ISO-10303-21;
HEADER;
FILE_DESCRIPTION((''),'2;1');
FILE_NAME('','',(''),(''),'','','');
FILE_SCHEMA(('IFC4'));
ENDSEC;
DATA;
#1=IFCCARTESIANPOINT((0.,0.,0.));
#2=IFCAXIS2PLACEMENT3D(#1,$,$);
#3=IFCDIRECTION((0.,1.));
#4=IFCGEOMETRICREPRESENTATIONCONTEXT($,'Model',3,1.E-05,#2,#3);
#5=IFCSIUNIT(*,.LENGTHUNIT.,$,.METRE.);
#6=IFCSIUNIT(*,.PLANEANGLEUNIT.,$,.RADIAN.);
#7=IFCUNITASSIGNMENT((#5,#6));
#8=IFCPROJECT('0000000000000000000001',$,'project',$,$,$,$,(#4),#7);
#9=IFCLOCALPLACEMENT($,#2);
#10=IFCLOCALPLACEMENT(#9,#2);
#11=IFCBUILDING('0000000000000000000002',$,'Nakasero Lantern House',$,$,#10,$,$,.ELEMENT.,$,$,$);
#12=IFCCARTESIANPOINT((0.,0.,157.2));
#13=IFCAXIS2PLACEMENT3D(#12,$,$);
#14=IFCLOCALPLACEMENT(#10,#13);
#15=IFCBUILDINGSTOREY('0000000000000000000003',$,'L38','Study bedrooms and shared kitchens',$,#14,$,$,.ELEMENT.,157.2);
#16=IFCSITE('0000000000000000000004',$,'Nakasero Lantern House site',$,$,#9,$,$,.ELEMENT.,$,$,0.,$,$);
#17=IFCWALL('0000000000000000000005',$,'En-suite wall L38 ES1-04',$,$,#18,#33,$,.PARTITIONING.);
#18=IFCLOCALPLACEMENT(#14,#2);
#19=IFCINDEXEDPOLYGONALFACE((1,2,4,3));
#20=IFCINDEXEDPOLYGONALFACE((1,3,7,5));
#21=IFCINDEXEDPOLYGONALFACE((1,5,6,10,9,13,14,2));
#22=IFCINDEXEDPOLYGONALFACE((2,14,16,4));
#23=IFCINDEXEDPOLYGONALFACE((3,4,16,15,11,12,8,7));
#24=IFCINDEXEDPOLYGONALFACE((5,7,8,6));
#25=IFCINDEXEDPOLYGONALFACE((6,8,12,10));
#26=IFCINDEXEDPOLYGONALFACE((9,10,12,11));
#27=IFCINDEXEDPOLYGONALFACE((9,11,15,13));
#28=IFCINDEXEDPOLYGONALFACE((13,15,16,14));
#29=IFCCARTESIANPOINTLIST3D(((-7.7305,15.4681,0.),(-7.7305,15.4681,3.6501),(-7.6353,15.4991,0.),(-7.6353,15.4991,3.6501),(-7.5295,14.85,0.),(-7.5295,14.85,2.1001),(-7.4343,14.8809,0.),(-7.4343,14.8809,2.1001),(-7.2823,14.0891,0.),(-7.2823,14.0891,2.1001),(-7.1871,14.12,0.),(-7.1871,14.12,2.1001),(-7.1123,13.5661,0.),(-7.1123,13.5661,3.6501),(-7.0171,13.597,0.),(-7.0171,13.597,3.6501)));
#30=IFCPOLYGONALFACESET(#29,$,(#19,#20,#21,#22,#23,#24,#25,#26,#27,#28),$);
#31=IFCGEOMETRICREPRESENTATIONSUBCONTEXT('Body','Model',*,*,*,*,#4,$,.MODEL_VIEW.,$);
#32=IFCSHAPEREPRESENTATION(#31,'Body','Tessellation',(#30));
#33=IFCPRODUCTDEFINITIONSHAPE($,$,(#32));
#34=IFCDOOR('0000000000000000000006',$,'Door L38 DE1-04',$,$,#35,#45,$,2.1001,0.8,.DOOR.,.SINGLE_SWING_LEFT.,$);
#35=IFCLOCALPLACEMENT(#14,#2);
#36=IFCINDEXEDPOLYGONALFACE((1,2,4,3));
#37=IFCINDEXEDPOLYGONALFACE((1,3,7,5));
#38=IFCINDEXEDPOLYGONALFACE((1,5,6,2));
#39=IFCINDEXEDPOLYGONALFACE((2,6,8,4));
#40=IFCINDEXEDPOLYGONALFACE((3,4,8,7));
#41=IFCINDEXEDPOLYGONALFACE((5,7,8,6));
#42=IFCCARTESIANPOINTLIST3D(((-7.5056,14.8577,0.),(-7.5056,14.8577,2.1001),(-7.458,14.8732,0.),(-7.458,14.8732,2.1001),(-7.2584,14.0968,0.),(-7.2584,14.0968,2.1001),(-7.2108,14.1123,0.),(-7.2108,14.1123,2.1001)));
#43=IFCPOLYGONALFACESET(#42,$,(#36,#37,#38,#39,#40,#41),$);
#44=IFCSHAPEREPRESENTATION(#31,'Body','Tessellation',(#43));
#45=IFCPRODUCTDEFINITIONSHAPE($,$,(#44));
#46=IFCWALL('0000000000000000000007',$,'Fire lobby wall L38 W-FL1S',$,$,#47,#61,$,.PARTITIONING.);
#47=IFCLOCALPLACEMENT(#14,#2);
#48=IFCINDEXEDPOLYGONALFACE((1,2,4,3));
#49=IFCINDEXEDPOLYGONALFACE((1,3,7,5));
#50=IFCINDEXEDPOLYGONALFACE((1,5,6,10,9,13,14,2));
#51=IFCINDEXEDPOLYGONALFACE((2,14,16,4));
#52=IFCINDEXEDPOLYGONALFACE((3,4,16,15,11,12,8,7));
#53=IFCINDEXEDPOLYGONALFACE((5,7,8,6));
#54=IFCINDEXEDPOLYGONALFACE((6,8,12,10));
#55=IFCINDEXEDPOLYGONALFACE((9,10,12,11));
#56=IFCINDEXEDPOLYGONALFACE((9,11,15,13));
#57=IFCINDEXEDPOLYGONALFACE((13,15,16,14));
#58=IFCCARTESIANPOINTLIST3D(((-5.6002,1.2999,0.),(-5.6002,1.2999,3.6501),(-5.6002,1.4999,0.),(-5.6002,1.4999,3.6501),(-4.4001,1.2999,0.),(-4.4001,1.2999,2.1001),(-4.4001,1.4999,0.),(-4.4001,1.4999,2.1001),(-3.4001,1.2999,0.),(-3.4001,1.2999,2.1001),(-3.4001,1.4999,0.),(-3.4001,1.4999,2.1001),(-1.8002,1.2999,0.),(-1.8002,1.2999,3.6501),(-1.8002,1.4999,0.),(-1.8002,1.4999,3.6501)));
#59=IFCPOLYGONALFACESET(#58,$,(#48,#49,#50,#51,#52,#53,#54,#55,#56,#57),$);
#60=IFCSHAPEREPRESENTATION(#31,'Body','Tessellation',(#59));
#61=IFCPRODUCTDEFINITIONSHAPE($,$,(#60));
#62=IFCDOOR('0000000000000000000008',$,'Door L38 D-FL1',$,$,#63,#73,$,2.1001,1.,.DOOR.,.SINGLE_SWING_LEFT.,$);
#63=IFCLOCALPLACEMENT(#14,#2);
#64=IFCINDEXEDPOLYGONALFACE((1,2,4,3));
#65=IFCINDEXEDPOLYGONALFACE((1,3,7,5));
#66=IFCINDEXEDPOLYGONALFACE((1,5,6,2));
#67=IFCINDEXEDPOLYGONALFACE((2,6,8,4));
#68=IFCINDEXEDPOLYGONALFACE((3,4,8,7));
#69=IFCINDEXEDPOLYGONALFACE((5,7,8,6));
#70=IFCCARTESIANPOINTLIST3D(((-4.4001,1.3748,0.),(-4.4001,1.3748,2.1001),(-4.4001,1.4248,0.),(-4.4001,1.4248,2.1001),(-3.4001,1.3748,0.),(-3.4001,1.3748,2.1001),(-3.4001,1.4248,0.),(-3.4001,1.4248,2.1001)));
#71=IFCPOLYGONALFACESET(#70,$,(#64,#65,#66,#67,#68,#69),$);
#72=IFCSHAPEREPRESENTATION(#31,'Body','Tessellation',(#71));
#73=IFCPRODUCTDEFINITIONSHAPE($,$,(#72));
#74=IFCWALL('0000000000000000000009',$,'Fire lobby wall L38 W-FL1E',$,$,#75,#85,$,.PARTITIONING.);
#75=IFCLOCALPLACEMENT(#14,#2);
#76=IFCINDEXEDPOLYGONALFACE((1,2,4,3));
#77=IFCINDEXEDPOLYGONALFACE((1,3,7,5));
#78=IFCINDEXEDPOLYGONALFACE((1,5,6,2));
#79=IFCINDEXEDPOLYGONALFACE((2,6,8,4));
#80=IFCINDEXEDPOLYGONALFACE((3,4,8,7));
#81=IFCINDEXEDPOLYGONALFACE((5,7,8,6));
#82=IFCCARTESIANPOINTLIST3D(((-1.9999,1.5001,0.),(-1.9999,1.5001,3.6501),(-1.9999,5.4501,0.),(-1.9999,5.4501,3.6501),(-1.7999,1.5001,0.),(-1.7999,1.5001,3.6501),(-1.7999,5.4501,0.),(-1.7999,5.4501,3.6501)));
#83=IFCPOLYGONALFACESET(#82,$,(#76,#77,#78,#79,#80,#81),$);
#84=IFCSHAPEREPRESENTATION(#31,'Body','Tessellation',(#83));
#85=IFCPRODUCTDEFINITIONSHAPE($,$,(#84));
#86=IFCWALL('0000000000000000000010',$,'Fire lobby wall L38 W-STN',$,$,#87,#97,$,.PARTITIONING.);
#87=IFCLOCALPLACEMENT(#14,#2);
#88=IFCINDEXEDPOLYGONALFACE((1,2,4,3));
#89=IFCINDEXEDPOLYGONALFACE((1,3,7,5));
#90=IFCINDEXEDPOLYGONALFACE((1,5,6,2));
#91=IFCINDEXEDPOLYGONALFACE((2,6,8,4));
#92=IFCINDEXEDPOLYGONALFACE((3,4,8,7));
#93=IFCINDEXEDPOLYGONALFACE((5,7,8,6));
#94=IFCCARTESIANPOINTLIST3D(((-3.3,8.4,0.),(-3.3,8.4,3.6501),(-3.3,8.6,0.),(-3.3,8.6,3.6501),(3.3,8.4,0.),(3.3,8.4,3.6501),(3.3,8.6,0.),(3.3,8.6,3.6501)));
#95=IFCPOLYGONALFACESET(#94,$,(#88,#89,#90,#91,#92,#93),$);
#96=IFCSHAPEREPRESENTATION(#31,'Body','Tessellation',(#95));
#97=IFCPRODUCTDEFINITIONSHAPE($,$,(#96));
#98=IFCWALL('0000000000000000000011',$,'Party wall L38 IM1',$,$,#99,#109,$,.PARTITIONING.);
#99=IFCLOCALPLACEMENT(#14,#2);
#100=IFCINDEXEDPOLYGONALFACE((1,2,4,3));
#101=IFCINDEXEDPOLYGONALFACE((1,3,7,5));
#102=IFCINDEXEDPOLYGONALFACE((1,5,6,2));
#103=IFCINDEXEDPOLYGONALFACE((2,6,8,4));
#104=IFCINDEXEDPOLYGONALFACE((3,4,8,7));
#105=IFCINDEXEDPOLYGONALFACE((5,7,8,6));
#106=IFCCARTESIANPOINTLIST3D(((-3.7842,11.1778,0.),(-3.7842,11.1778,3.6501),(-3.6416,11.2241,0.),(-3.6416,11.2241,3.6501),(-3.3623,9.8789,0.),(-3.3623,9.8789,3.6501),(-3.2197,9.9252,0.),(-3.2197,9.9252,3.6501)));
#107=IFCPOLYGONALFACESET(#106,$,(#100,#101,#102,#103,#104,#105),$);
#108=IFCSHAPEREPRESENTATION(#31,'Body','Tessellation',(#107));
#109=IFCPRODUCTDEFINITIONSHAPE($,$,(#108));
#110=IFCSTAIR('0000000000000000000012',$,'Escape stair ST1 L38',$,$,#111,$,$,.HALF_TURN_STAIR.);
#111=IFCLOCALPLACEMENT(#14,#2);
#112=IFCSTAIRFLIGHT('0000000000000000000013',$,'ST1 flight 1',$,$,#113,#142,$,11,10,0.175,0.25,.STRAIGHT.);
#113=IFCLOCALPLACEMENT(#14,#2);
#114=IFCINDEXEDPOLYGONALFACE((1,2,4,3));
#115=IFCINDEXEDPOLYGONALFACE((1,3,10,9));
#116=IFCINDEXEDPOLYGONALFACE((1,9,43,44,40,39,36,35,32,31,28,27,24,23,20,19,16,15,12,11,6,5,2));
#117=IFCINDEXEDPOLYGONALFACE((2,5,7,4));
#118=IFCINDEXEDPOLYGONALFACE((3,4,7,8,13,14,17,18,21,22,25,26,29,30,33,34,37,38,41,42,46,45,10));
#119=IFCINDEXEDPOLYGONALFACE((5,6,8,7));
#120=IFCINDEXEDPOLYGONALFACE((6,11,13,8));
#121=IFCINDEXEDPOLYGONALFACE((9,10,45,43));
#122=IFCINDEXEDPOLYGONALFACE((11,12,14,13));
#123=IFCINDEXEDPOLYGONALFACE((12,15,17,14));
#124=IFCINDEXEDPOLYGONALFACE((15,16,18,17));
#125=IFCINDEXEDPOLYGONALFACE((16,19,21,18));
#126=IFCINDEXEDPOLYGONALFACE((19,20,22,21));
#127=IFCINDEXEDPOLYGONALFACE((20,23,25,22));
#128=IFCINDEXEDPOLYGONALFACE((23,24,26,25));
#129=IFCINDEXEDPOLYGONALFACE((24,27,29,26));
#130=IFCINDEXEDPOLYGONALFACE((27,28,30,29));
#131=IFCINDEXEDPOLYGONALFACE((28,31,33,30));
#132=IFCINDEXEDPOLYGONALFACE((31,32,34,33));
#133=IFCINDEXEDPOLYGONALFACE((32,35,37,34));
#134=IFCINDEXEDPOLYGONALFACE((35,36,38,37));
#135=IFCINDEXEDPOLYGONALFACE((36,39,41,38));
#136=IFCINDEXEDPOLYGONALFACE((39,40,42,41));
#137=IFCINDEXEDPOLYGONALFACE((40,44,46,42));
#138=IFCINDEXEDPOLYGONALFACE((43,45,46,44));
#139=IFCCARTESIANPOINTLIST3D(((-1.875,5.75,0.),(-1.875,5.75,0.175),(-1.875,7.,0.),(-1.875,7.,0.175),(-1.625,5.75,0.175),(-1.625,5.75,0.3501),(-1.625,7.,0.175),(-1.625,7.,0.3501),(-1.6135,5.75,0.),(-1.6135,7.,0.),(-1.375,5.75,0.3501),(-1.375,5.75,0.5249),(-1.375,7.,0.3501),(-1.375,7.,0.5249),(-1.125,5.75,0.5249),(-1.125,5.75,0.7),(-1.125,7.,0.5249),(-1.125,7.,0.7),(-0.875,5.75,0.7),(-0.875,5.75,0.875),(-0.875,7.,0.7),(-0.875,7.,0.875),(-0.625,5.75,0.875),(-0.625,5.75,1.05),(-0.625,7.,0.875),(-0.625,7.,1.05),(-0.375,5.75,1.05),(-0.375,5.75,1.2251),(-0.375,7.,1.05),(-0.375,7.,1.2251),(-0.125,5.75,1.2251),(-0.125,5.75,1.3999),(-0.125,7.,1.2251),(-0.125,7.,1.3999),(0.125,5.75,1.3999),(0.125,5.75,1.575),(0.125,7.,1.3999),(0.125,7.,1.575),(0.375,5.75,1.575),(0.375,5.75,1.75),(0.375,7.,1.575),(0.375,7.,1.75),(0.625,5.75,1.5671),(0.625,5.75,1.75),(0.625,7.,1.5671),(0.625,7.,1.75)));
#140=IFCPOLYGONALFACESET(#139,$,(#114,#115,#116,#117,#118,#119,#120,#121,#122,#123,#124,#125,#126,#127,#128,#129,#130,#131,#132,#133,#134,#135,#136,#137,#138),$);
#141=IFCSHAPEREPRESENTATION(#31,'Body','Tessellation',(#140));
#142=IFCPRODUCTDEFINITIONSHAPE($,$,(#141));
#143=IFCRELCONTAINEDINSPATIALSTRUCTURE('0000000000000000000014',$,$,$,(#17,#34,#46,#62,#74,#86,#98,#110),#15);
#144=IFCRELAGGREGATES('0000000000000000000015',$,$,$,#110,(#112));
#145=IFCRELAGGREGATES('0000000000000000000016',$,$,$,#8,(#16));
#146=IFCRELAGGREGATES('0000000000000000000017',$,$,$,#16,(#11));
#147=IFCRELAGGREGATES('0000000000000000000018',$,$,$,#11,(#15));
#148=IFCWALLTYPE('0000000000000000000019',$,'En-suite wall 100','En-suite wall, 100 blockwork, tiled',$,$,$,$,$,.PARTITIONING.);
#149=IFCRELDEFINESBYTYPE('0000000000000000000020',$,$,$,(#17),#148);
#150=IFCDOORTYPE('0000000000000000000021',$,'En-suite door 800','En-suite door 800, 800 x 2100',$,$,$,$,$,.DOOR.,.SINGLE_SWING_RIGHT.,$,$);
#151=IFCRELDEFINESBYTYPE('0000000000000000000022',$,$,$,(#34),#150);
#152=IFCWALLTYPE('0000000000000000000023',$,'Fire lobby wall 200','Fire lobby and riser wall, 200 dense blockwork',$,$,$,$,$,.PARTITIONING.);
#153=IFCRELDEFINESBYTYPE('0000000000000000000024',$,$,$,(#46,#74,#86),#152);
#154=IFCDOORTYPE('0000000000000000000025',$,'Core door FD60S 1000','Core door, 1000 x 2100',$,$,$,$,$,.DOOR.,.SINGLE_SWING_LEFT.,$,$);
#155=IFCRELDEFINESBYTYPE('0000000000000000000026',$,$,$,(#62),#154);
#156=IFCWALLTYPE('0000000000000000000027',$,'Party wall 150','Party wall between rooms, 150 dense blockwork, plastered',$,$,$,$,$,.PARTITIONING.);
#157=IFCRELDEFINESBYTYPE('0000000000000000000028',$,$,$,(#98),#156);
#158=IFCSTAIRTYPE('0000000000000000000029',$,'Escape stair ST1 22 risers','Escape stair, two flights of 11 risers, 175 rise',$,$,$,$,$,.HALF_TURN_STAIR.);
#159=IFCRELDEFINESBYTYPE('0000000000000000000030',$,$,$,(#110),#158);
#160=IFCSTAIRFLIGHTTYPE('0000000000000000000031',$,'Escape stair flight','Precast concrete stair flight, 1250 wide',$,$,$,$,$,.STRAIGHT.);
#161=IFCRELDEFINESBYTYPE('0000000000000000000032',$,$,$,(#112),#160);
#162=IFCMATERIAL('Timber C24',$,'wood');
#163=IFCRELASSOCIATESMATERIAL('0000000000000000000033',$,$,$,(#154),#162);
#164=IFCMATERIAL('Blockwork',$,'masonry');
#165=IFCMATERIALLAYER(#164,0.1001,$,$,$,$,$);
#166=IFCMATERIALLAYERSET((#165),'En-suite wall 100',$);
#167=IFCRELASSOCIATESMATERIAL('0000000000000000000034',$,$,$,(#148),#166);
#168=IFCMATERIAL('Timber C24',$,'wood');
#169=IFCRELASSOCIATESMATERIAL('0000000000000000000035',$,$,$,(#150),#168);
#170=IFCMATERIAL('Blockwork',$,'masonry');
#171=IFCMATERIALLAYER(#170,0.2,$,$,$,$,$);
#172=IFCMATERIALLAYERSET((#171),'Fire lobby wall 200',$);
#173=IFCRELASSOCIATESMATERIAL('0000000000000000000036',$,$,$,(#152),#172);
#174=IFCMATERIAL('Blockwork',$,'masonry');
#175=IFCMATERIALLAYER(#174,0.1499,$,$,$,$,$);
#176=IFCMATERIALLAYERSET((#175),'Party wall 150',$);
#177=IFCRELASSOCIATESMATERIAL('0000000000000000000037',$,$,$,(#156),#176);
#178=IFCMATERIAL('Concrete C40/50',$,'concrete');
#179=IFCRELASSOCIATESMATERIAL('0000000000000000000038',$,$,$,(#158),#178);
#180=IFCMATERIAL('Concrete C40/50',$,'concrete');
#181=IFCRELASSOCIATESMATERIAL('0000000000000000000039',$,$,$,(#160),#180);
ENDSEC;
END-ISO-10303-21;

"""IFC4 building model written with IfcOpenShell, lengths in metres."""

from ifc_helpers import new_model, si_unit, direction, frame, frame_2d, origin, place, context, subcontext, project, spatial, polyline, rectangle, outline, extrude, material, layer, layer_set, type_object, element, fill, aggregate, save


model = new_model("IFC4")

# Units and contexts
model_context = context("Model", 3, precision=1e-05, world=origin(), true_north=direction((0.0, 1.0)))
body_context = subcontext(model_context, "Body", "Model", "MODEL_VIEW")
ifc_project = project(units=[si_unit("LENGTHUNIT", "METRE"), si_unit("PLANEANGLEUNIT", "RADIAN")], contexts=[model_context])

# Site, building, storey
site_placement = place(None, origin())
site = spatial("IfcSite", under=ifc_project, at=site_placement, Name="Nakasero Lantern House site", CompositionType="ELEMENT", RefElevation=0.0)
building_placement = place(site_placement, origin())
building = spatial("IfcBuilding", under=site, at=building_placement, Name="Nakasero Lantern House", CompositionType="ELEMENT")
storey_placement = place(building_placement, frame((0.0, 0.0, 157.2)))
storey = spatial("IfcBuildingStorey", under=building, at=storey_placement, Name="L38", Description="Study bedrooms and shared kitchens", CompositionType="ELEMENT", Elevation=157.2)

# Shared definitions
ifc_material_1 = material(Name="Timber C24", Category="wood")
door_type_1 = type_object("IfcDoorType", Name="Core door FD60S 1000", Description="Core door, 1000 x 2100", OperationType="SINGLE_SWING_LEFT", PredefinedType="DOOR", material=ifc_material_1)

# Walls, openings, doors
ifc_material_2 = material(Name="Blockwork", Category="masonry")
ifc_layer_1 = layer(ifc_material_2, 0.1001)
ifc_layer_set_1 = layer_set([ifc_layer_1], Name="En-suite wall 100")
wall_type_1 = type_object("IfcWallType", Name="En-suite wall 100", Description="En-suite wall, 100 blockwork, tiled", PredefinedType="PARTITIONING", material=ifc_layer_set_1)
wall_1_placement = place(storey_placement, frame((-7.0647, 13.5815, 0.0), z_axis=(0.0, 0.0, 1.0), x_axis=(-0.309078, 0.951037, 0.0)))
wall_1 = element("IfcWall", 1, at=wall_1_placement, inside=storey, type_object=wall_type_1, Name="En-suite wall L38 ES1-04", PredefinedType="PARTITIONING", context=body_context, shape_type="SweptSolid", body=[
    extrude(rectangle(XDim=2.0, YDim=0.1001, at=frame_2d((1.0, 0.0))), origin(), (0.0, 0.0, 1.0), 3.6501),
])
opening_1_placement = place(wall_1_placement, frame((0.55, 0.0, 0.0)))
opening_1 = element("IfcOpeningElement", 2, at=opening_1_placement, cuts=wall_1, PredefinedType="OPENING", context=body_context, shape_type="SweptSolid", body=[
    extrude(rectangle(XDim=0.8, YDim=2.1001, at=frame_2d((0.3999, 1.05))), frame((0.0, 0.0701, 0.0), z_axis=(0.0, -1.0, 0.0), x_axis=(1.0, 0.0, 0.0)), (0.0, 0.0, 1.0), 0.1401),
])
ifc_material_3 = material(Name="Timber C24", Category="wood")
door_type_2 = type_object("IfcDoorType", Name="En-suite door 800", Description="En-suite door 800, 800 x 2100", OperationType="SINGLE_SWING_RIGHT", PredefinedType="DOOR", material=ifc_material_3)
door_1_placement = place(opening_1_placement, origin())
door_1 = element("IfcDoor", 3, at=door_1_placement, inside=storey, type_object=door_type_2, Name="Door L38 DE1-04", OperationType="SINGLE_SWING_LEFT", OverallHeight=2.1001, OverallWidth=0.8, PredefinedType="DOOR", context=body_context, shape_type="SweptSolid", body=[
    extrude(rectangle(XDim=0.8, YDim=2.1001, at=frame_2d((0.3999, 1.05))), frame((0.0, 0.0249, 0.0), z_axis=(0.0, -1.0, 0.0), x_axis=(1.0, 0.0, 0.0)), (0.0, 0.0, 1.0), 0.05),
])
fill(opening_1, door_1)
ifc_material_4 = material(Name="Blockwork", Category="masonry")
ifc_layer_2 = layer(ifc_material_4, 0.2)
ifc_layer_set_2 = layer_set([ifc_layer_2], Name="Fire lobby wall 200")
wall_type_2 = type_object("IfcWallType", Name="Fire lobby wall 200", Description="Fire lobby and riser wall, 200 dense blockwork", PredefinedType="PARTITIONING", material=ifc_layer_set_2)
wall_2_placement = place(storey_placement, frame((-5.6001, 1.3999, 0.0), z_axis=(0.0, 0.0, 1.0), x_axis=(1.0, 0.0, 0.0)))
wall_2 = element("IfcWall", 4, at=wall_2_placement, inside=storey, type_object=wall_type_2, Name="Fire lobby wall L38 W-FL1S", PredefinedType="PARTITIONING", context=body_context, shape_type="SweptSolid", body=[
    extrude(rectangle(XDim=3.8, YDim=0.2, at=frame_2d((1.8999, 0.0))), origin(), (0.0, 0.0, 1.0), 3.6501),
])
opening_2_placement = place(wall_2_placement, frame((1.2, 0.0, 0.0)))
opening_2 = element("IfcOpeningElement", 5, at=opening_2_placement, cuts=wall_2, PredefinedType="OPENING", context=body_context, shape_type="SweptSolid", body=[
    extrude(rectangle(XDim=1.0, YDim=2.1001, at=frame_2d((0.5, 1.05))), frame((0.0, 0.1199, 0.0), z_axis=(0.0, -1.0, 0.0), x_axis=(1.0, 0.0, 0.0)), (0.0, 0.0, 1.0), 0.24),
])
door_2_placement = place(opening_2_placement, origin())
door_2 = element("IfcDoor", 6, at=door_2_placement, inside=storey, type_object=door_type_1, Name="Door L38 D-FL1", OperationType="SINGLE_SWING_LEFT", OverallHeight=2.1001, OverallWidth=1.0, PredefinedType="DOOR", context=body_context, shape_type="SweptSolid", body=[
    extrude(rectangle(XDim=1.0, YDim=2.1001, at=frame_2d((0.5, 1.05))), frame((0.0, 0.0249, 0.0), z_axis=(0.0, -1.0, 0.0), x_axis=(1.0, 0.0, 0.0)), (0.0, 0.0, 1.0), 0.05),
])
fill(opening_2, door_2)

# Walls
wall_3_placement = place(storey_placement, frame((-1.8999, 1.5, 0.0), z_axis=(0.0, 0.0, 1.0), x_axis=(0.0, 1.0, 0.0)))
element("IfcWall", 7, at=wall_3_placement, inside=storey, type_object=wall_type_2, Name="Fire lobby wall L38 W-FL1E", PredefinedType="PARTITIONING", context=body_context, shape_type="SweptSolid", body=[
    extrude(rectangle(XDim=3.95, YDim=0.2, at=frame_2d((1.9751, 0.0))), origin(), (0.0, 0.0, 1.0), 3.6501),
])
wall_4_placement = place(storey_placement, frame((-3.3, 8.5, 0.0), z_axis=(0.0, 0.0, 1.0), x_axis=(1.0, 0.0, 0.0)))
element("IfcWall", 8, at=wall_4_placement, inside=storey, type_object=wall_type_2, Name="Fire lobby wall L38 W-STN", PredefinedType="PARTITIONING", context=body_context, shape_type="SweptSolid", body=[
    extrude(rectangle(XDim=6.6001, YDim=0.2, at=frame_2d((3.3, 0.0))), origin(), (0.0, 0.0, 1.0), 3.6501),
])
ifc_material_5 = material(Name="Blockwork", Category="masonry")
ifc_layer_3 = layer(ifc_material_5, 0.1499)
ifc_layer_set_3 = layer_set([ifc_layer_3], Name="Party wall 150")
wall_type_3 = type_object("IfcWallType", Name="Party wall 150", Description="Party wall between rooms, 150 dense blockwork, plastered", PredefinedType="PARTITIONING", material=ifc_layer_set_3)
wall_5_placement = place(storey_placement, frame((-3.7129, 11.2009, 0.0), z_axis=(0.0, 0.0, 1.0), x_axis=(0.308924, -0.951087, 0.0)))
element("IfcWall", 9, at=wall_5_placement, inside=storey, type_object=wall_type_3, Name="Party wall L38 IM1", PredefinedType="PARTITIONING", context=body_context, shape_type="SweptSolid", body=[
    extrude(rectangle(XDim=1.3657, YDim=0.1499, at=frame_2d((0.6829, 0.0))), origin(), (0.0, 0.0, 1.0), 3.6501),
])

# Stair, stair flight
ifc_material_6 = material(Name="Concrete C40/50", Category="concrete")
stair_type = type_object("IfcStairType", Name="Escape stair ST1 22 risers", Description="Escape stair, two flights of 11 risers, 175 rise", PredefinedType="HALF_TURN_STAIR", material=ifc_material_6)
stair_placement = place(storey_placement, origin())
stair = element("IfcStair", 10, at=stair_placement, inside=storey, type_object=stair_type, Name="Escape stair ST1 L38", PredefinedType="HALF_TURN_STAIR")
ifc_material_7 = material(Name="Concrete C40/50", Category="concrete")
stair_flight_type = type_object("IfcStairFlightType", Name="Escape stair flight", Description="Precast concrete stair flight, 1250 wide", PredefinedType="STRAIGHT", material=ifc_material_7)
stair_flight_placement = place(storey_placement, frame((-1.875, 6.375, 0.0), z_axis=(0.0, 0.0, 1.0), x_axis=(1.0, 0.0, 0.0)))
stair_flight = element("IfcStairFlight", 11, at=stair_flight_placement, type_object=stair_flight_type, Name="ST1 flight 1", NumberOfRisers=11, NumberOfTreads=10, PredefinedType="STRAIGHT", RiserHeight=0.175, TreadLength=0.25, context=body_context, shape_type="SweptSolid", body=[
    extrude(outline(polyline([(0.0, 0.0), (0.0, 0.175), (0.25, 0.175), (0.25, 0.3501), (0.5, 0.3501), (0.5, 0.5249), (0.75, 0.5249), (0.75, 0.7), (1.0, 0.7), (1.0, 0.875), (1.25, 0.875), (1.25, 1.05), (1.5, 1.05), (1.5, 1.2251), (1.75, 1.2251), (1.75, 1.3999), (2.0, 1.3999), (2.0, 1.575), (2.25, 1.575), (2.25, 1.75), (2.5, 1.75), (2.5, 1.925), (2.5, 1.5671), (0.2615, 0.0), (0.0, 0.0)])), frame((0.0, 0.625, 0.0), z_axis=(0.0, -1.0, 0.0), x_axis=(1.0, 0.0, 0.0)), (0.0, 0.0, 1.0), 1.25),
])
aggregate(stair, [stair_flight])

save(model, "model.ifc")
